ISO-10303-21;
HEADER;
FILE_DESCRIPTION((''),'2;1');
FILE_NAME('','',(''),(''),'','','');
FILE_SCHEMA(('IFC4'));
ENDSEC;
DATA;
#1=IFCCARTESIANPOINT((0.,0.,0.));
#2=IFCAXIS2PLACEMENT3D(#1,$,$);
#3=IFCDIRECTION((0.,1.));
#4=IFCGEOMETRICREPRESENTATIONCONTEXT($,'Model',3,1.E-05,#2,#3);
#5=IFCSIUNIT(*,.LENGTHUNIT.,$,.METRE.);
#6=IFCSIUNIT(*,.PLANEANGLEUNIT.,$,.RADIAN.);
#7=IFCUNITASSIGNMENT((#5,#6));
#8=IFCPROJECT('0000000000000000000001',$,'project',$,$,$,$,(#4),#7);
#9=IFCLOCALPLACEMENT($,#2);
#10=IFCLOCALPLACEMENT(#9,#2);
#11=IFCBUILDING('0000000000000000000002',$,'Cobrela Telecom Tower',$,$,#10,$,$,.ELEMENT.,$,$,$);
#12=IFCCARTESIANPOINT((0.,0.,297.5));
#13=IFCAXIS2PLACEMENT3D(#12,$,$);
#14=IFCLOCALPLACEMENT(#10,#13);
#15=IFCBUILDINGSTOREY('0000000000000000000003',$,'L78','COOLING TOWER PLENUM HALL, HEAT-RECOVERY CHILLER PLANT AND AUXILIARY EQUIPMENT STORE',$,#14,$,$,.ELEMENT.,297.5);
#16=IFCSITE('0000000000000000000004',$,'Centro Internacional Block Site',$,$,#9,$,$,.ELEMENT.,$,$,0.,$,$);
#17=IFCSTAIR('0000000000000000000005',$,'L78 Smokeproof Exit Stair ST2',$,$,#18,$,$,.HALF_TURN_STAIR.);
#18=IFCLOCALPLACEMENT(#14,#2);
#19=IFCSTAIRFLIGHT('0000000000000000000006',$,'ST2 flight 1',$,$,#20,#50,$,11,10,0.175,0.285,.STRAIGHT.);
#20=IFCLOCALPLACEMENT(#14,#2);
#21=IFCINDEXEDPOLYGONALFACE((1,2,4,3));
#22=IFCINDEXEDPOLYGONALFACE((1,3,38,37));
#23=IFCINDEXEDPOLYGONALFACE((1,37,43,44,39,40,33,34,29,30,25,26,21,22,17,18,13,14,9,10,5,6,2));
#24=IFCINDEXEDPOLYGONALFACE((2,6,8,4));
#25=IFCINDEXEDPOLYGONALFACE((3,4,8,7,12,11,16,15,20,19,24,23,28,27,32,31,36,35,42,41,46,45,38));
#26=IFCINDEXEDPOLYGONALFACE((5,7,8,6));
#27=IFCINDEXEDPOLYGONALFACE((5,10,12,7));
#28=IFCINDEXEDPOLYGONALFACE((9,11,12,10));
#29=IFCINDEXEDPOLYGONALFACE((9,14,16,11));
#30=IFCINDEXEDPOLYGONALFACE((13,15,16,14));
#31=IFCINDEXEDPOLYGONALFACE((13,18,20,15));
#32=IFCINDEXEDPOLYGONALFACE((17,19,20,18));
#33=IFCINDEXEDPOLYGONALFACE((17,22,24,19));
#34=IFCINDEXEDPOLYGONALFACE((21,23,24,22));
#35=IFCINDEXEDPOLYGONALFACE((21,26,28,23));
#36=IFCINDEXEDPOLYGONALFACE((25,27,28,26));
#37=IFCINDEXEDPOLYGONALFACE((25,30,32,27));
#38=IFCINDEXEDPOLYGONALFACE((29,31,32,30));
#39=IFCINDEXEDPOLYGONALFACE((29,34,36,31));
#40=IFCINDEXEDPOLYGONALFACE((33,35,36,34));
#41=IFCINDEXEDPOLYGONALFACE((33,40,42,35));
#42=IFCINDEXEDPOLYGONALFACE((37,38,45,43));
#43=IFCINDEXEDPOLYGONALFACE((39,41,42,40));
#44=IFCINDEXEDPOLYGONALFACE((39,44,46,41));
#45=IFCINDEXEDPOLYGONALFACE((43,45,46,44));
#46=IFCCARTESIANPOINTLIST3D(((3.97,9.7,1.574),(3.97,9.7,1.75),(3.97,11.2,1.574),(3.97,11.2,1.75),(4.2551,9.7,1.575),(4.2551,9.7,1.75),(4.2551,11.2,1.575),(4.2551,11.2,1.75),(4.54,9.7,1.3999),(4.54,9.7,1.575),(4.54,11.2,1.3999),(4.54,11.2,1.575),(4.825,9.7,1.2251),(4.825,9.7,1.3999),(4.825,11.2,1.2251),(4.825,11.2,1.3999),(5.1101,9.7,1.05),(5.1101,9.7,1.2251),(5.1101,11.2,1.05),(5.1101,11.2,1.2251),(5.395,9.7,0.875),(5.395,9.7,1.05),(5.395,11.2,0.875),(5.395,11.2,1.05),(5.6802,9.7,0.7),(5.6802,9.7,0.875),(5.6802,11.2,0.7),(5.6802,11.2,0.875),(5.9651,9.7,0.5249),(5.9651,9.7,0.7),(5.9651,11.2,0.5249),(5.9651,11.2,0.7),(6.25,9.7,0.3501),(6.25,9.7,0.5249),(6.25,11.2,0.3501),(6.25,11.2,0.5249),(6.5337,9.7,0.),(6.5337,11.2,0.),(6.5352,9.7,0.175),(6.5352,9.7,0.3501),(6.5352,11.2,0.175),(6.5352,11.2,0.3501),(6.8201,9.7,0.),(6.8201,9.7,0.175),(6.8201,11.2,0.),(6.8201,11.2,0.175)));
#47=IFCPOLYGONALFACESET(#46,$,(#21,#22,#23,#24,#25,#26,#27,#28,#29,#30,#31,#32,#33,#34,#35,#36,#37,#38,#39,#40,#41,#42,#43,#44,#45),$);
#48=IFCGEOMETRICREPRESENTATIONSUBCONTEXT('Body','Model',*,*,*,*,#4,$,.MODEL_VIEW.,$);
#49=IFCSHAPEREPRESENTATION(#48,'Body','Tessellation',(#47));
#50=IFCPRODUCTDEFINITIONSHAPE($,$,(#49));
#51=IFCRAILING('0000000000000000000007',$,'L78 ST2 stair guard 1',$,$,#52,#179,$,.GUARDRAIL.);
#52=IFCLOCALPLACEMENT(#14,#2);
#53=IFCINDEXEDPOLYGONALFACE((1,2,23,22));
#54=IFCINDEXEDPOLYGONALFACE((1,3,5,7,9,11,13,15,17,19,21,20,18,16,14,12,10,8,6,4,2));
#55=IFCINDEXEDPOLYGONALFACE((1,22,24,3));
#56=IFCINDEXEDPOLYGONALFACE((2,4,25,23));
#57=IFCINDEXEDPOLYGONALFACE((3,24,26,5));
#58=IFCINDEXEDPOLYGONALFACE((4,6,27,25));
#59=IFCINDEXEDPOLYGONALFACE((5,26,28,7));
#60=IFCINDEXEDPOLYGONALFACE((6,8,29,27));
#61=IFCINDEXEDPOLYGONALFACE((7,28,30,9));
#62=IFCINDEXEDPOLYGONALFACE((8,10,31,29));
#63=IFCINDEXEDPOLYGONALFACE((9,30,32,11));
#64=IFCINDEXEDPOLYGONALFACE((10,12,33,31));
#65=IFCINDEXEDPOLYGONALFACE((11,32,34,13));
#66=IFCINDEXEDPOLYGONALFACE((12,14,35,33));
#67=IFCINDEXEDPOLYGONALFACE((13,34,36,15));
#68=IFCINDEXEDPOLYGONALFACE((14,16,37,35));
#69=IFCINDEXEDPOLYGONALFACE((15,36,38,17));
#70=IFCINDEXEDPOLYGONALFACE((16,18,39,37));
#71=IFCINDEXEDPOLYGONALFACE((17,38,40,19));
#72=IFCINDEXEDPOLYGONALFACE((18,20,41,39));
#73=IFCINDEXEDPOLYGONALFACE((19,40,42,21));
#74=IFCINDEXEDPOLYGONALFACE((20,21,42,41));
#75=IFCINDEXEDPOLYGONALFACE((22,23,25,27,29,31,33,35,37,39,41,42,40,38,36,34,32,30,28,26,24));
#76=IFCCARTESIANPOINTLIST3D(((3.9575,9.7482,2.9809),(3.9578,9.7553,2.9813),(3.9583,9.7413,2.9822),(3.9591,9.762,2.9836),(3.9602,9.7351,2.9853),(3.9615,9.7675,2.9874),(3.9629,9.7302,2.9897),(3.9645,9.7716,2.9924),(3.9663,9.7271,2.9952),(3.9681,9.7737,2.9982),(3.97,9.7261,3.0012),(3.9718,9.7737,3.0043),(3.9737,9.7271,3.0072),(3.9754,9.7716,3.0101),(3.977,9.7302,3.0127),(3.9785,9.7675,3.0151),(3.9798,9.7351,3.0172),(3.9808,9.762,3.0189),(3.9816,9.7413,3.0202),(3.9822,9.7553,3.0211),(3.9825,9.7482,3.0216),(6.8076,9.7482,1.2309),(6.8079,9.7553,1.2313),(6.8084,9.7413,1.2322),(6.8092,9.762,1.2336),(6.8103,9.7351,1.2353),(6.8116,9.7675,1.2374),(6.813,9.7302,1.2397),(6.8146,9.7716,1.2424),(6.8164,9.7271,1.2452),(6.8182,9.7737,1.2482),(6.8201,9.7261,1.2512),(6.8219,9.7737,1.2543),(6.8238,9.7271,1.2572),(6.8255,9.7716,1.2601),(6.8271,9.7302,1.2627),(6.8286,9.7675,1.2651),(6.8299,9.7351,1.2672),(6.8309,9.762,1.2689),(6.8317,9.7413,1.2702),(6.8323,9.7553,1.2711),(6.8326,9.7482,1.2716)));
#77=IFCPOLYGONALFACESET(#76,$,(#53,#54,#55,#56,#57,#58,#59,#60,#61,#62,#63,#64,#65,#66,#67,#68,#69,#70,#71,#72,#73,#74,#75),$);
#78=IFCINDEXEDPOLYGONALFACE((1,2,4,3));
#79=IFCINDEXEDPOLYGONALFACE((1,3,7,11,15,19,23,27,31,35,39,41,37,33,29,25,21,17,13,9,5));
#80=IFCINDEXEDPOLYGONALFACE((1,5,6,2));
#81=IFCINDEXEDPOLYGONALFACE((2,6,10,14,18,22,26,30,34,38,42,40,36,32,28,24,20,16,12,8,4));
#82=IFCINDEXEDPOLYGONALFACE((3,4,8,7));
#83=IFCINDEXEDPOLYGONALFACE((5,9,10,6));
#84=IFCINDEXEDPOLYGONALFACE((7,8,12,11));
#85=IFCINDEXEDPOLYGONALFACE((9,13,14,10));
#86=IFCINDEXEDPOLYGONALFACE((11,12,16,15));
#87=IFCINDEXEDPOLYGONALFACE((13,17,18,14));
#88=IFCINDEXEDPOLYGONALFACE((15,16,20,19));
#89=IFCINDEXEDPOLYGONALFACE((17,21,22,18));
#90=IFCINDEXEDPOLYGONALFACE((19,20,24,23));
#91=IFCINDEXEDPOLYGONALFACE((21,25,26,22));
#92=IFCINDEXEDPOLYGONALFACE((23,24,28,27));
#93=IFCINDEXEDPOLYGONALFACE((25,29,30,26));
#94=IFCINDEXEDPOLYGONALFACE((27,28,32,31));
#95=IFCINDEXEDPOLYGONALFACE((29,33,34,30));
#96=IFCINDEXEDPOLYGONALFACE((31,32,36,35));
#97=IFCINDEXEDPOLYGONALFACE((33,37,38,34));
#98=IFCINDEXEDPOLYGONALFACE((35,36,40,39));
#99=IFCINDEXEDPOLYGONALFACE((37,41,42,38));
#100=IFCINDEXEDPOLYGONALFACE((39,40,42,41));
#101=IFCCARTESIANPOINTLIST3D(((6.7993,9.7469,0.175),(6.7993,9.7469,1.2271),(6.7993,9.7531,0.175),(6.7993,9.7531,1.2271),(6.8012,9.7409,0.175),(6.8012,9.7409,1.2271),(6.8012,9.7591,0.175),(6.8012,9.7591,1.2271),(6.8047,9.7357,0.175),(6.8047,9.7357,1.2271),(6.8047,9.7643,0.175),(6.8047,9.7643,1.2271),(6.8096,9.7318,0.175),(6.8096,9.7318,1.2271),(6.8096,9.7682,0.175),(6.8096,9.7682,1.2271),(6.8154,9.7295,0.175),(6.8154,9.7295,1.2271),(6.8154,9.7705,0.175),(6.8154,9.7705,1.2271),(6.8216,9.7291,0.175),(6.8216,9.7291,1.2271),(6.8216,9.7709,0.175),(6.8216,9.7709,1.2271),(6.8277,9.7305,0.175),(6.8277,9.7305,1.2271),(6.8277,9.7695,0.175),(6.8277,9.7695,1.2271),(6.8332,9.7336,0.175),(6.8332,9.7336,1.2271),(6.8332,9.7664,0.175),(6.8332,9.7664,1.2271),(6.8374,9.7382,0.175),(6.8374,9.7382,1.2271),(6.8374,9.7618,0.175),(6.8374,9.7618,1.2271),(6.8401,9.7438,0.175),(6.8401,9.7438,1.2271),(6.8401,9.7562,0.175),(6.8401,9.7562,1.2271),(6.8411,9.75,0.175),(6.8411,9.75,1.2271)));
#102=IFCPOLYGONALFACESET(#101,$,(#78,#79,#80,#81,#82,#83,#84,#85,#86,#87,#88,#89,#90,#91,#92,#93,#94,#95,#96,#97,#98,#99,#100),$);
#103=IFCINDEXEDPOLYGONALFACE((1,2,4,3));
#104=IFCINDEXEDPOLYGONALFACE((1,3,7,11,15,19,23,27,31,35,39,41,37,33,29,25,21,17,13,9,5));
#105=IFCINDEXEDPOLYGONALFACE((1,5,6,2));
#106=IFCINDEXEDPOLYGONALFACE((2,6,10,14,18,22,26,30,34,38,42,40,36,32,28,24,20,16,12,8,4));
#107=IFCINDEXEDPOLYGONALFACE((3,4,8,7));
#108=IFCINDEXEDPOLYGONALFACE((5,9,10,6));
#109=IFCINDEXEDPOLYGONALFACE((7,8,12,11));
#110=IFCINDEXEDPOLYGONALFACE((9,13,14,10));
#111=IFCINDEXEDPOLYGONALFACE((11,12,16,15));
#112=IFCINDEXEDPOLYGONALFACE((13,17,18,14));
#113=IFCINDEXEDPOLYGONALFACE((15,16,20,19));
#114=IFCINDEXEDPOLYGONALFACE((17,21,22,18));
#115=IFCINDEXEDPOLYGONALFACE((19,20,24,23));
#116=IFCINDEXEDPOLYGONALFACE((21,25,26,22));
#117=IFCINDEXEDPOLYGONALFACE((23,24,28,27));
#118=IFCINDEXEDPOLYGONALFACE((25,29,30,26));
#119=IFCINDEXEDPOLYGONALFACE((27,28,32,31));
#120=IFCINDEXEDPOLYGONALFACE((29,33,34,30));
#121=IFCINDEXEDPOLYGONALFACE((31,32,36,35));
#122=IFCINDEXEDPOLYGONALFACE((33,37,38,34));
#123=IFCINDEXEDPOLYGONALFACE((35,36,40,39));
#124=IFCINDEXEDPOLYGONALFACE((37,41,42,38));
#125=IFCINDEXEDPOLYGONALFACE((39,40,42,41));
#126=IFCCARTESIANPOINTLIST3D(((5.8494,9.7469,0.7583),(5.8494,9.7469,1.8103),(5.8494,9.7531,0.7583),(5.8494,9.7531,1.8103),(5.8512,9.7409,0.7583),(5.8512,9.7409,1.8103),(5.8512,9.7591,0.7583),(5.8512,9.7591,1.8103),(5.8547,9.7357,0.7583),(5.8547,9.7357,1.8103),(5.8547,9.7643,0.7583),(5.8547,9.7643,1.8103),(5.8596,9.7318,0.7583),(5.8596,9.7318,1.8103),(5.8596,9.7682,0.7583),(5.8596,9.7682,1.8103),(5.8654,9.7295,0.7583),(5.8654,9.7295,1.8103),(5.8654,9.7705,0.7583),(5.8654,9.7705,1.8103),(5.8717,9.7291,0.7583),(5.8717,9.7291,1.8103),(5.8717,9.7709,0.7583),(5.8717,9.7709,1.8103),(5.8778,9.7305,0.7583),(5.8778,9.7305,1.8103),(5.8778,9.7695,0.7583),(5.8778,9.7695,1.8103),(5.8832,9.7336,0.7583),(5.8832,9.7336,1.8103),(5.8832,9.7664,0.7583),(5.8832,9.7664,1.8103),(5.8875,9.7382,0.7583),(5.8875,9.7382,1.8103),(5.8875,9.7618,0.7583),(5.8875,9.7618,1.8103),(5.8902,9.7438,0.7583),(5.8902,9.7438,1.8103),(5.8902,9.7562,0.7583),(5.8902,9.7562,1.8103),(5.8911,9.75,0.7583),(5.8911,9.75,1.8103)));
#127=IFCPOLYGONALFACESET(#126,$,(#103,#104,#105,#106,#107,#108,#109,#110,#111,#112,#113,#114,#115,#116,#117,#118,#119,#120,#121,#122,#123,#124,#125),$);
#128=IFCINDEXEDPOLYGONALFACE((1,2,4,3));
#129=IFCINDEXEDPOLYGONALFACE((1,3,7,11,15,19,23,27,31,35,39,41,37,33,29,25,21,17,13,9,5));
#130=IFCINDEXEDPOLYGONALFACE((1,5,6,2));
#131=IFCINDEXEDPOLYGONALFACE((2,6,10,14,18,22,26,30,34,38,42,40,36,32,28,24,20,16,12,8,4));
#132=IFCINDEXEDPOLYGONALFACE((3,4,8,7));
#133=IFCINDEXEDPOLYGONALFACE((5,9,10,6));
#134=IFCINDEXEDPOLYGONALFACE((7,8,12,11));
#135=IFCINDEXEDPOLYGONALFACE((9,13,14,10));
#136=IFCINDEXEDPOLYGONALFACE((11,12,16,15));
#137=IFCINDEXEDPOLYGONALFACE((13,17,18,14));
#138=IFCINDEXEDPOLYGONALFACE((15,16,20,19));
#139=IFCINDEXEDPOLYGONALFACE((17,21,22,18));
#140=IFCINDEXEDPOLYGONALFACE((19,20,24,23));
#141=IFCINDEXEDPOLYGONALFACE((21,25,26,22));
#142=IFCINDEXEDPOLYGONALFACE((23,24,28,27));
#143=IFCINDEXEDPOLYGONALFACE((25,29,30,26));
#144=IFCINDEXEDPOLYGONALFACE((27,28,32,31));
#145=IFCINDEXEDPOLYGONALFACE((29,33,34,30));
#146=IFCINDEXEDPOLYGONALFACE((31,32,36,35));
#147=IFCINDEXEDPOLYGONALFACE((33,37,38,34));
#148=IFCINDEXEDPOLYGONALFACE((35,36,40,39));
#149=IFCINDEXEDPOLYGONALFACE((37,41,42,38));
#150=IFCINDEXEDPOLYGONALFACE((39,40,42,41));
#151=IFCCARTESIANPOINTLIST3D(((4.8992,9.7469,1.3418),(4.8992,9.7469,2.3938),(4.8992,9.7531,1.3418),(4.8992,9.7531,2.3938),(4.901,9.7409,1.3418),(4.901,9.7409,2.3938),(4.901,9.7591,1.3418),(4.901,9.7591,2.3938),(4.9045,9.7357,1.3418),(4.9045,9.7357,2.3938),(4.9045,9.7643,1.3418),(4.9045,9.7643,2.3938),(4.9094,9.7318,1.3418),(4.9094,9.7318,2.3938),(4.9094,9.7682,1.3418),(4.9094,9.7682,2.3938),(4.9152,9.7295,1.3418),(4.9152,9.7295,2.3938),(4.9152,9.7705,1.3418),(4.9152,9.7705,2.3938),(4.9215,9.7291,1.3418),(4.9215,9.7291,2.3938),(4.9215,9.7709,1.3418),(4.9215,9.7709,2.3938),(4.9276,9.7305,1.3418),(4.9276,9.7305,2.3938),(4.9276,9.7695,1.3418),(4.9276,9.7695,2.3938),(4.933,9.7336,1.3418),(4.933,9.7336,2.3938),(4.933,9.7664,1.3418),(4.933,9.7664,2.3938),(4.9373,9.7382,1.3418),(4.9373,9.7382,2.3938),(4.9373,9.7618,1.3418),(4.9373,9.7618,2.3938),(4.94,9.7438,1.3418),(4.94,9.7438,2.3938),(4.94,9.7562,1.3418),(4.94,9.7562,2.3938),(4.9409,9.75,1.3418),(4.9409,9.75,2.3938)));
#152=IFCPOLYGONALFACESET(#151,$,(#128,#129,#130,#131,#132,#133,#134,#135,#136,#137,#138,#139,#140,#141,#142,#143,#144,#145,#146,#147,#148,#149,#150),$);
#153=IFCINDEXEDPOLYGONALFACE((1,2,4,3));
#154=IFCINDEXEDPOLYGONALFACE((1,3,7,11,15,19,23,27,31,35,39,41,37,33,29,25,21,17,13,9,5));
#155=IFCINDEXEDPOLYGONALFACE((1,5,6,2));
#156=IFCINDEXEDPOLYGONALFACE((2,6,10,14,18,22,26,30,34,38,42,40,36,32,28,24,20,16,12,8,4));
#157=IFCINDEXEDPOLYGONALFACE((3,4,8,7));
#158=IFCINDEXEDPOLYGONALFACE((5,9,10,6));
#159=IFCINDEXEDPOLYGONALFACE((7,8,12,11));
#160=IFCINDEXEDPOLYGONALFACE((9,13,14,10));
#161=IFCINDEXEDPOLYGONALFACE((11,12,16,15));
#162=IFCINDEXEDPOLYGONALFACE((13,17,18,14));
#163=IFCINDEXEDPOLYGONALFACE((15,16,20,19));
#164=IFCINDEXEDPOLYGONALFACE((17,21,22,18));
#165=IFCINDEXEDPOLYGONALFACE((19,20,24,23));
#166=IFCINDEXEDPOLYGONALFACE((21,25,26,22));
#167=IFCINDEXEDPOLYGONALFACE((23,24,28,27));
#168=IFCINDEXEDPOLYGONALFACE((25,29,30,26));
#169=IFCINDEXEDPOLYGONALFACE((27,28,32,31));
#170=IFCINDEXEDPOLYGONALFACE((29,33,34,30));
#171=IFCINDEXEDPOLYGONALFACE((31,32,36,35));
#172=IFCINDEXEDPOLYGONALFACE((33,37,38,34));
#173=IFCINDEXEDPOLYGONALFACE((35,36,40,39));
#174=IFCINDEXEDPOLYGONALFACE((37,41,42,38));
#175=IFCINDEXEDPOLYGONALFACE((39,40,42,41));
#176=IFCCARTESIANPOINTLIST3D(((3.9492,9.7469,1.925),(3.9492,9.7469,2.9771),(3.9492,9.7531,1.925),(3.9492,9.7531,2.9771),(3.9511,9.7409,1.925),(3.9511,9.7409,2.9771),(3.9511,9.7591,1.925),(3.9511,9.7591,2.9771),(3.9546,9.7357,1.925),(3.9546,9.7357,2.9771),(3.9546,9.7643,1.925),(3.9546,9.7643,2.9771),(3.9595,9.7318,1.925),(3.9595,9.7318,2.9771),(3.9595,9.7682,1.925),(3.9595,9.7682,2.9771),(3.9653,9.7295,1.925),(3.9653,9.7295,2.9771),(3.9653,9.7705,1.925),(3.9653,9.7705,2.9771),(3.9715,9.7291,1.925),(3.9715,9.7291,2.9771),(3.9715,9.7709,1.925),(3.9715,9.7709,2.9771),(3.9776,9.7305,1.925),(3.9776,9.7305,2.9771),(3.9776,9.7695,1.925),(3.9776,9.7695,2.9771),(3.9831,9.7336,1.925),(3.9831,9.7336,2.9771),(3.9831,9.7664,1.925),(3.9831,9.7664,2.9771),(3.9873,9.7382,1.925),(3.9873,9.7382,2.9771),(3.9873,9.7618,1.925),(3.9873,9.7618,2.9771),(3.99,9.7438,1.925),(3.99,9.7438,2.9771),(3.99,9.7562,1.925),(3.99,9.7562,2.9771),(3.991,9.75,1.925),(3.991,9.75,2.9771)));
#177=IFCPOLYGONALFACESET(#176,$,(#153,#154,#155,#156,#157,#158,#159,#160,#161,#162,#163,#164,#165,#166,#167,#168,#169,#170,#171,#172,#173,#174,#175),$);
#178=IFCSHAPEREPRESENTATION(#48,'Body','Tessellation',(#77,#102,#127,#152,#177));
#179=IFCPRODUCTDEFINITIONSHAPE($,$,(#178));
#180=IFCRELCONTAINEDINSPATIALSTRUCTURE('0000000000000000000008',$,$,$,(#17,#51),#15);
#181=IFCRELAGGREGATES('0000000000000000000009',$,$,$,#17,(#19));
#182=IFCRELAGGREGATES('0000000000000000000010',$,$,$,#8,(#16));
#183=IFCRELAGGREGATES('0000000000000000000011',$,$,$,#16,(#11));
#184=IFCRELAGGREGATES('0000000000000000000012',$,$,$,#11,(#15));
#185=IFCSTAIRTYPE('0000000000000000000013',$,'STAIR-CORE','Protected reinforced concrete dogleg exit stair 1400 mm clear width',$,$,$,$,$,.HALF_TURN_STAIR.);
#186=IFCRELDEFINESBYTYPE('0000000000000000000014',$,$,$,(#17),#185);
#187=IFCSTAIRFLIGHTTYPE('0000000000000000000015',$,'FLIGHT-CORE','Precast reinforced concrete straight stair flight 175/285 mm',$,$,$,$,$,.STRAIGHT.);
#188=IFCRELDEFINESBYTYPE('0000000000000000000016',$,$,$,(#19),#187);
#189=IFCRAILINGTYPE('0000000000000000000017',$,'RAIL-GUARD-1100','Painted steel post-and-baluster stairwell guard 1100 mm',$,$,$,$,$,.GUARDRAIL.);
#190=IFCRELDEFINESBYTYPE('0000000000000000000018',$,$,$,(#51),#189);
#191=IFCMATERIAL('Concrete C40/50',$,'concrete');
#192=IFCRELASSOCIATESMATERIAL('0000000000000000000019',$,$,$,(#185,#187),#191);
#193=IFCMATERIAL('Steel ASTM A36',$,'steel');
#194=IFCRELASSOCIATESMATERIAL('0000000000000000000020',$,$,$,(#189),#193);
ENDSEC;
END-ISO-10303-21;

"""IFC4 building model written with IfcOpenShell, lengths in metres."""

from ifc_helpers import new_model, si_unit, direction, frame, origin, origin_2d, place, context, subcontext, project, spatial, polyline, circle, outline, extrude, material, type_object, element, aggregate, save


model = new_model("IFC4")

# Units and contexts
model_context = context("Model", 3, precision=1e-05, world=origin(), true_north=direction((0.0, 1.0)))
body_context = subcontext(model_context, "Body", "Model", "MODEL_VIEW")
ifc_project = project(units=[si_unit("LENGTHUNIT", "METRE"), si_unit("PLANEANGLEUNIT", "RADIAN")], contexts=[model_context])

# Site, building, storey
site_placement = place(None, origin())
site = spatial("IfcSite", under=ifc_project, at=site_placement, Name="Centro Internacional Block Site", CompositionType="ELEMENT", RefElevation=0.0)
building_placement = place(site_placement, origin())
building = spatial("IfcBuilding", under=site, at=building_placement, Name="Cobrela Telecom Tower", CompositionType="ELEMENT")
storey_placement = place(building_placement, frame((0.0, 0.0, 297.5)))
storey = spatial("IfcBuildingStorey", under=building, at=storey_placement, Name="L78", Description="COOLING TOWER PLENUM HALL, HEAT-RECOVERY CHILLER PLANT AND AUXILIARY EQUIPMENT STORE", CompositionType="ELEMENT", Elevation=297.5)

# Shared definitions
ifc_material_1 = material(Name="Steel ASTM A36", Category="steel")

# Shared definitions
ifc_material_2 = material(Name="Concrete C40/50", Category="concrete")

# Stair, stair flight
stair_type = type_object("IfcStairType", Name="STAIR-CORE", Description="Protected reinforced concrete dogleg exit stair 1400 mm clear width", PredefinedType="HALF_TURN_STAIR", material=ifc_material_2)
stair_placement = place(storey_placement, origin())
stair = element("IfcStair", 1, at=stair_placement, inside=storey, type_object=stair_type, Name="L78 Smokeproof Exit Stair ST2", PredefinedType="HALF_TURN_STAIR")
stair_flight_type = type_object("IfcStairFlightType", Name="FLIGHT-CORE", Description="Precast reinforced concrete straight stair flight 175/285 mm", PredefinedType="STRAIGHT", material=ifc_material_2)
stair_flight_placement = place(storey_placement, frame((6.8201, 10.45, 0.0), z_axis=(0.0, 0.0, 1.0), x_axis=(-1.0, 0.0, 0.0)))
stair_flight = element("IfcStairFlight", 2, at=stair_flight_placement, type_object=stair_flight_type, Name="ST2 flight 1", NumberOfRisers=11, NumberOfTreads=10, PredefinedType="STRAIGHT", RiserHeight=0.175, TreadLength=0.285, context=body_context, shape_type="SweptSolid", body=[
    extrude(outline(polyline([(0.0, 0.0), (0.0, 0.175), (0.2849, 0.175), (0.2849, 0.3501), (0.5701, 0.3501), (0.5701, 0.5249), (0.855, 0.5249), (0.855, 0.7), (1.1399, 0.7), (1.1399, 0.875), (1.425, 0.875), (1.425, 1.05), (1.71, 1.05), (1.71, 1.2251), (1.9951, 1.2251), (1.9951, 1.3999), (2.28, 1.3999), (2.28, 1.575), (2.5649, 1.575), (2.5649, 1.75), (2.8501, 1.75), (2.8501, 1.925), (2.8501, 1.574), (0.2864, 0.0), (0.0, 0.0)])), frame((0.0, 0.75, 0.0), z_axis=(0.0, -1.0, 0.0), x_axis=(1.0, 0.0, 0.0)), (0.0, 0.0, 1.0), 1.5),
])
aggregate(stair, [stair_flight])

# Railing
railing_type_1 = type_object("IfcRailingType", Name="RAIL-GUARD-1100", Description="Painted steel post-and-baluster stairwell guard 1100 mm", PredefinedType="GUARDRAIL", material=ifc_material_1)
railing_1_placement = place(storey_placement, frame((6.8201, 9.75, 0.175)))
element("IfcRailing", 3, at=railing_1_placement, inside=storey, type_object=railing_type_1, Name="L78 ST2 stair guard 1", PredefinedType="GUARDRAIL", context=body_context, shape_type="SweptSolid", body=[
    extrude(circle(Radius=0.0239, at=origin_2d()), frame((0.0, 0.0, 1.0762), z_axis=(-0.852179, 0.0, 0.52325), x_axis=(0.0, -1.0, 0.0)), (0.0, 0.0, 1.0), 3.3445),
    extrude(circle(Radius=0.021, at=origin_2d()), origin(), (0.0, 0.0, 1.0), 1.052),
    extrude(circle(Radius=0.021, at=origin_2d()), frame((-0.95, 0.0, 0.5833)), (0.0, 0.0, 1.0), 1.052),
    extrude(circle(Radius=0.021, at=origin_2d()), frame((-1.9001, 0.0, 1.1667)), (0.0, 0.0, 1.0), 1.052),
    extrude(circle(Radius=0.021, at=origin_2d()), frame((-2.8501, 0.0, 1.75)), (0.0, 0.0, 1.0), 1.052),
])

save(model, "model.ifc")
